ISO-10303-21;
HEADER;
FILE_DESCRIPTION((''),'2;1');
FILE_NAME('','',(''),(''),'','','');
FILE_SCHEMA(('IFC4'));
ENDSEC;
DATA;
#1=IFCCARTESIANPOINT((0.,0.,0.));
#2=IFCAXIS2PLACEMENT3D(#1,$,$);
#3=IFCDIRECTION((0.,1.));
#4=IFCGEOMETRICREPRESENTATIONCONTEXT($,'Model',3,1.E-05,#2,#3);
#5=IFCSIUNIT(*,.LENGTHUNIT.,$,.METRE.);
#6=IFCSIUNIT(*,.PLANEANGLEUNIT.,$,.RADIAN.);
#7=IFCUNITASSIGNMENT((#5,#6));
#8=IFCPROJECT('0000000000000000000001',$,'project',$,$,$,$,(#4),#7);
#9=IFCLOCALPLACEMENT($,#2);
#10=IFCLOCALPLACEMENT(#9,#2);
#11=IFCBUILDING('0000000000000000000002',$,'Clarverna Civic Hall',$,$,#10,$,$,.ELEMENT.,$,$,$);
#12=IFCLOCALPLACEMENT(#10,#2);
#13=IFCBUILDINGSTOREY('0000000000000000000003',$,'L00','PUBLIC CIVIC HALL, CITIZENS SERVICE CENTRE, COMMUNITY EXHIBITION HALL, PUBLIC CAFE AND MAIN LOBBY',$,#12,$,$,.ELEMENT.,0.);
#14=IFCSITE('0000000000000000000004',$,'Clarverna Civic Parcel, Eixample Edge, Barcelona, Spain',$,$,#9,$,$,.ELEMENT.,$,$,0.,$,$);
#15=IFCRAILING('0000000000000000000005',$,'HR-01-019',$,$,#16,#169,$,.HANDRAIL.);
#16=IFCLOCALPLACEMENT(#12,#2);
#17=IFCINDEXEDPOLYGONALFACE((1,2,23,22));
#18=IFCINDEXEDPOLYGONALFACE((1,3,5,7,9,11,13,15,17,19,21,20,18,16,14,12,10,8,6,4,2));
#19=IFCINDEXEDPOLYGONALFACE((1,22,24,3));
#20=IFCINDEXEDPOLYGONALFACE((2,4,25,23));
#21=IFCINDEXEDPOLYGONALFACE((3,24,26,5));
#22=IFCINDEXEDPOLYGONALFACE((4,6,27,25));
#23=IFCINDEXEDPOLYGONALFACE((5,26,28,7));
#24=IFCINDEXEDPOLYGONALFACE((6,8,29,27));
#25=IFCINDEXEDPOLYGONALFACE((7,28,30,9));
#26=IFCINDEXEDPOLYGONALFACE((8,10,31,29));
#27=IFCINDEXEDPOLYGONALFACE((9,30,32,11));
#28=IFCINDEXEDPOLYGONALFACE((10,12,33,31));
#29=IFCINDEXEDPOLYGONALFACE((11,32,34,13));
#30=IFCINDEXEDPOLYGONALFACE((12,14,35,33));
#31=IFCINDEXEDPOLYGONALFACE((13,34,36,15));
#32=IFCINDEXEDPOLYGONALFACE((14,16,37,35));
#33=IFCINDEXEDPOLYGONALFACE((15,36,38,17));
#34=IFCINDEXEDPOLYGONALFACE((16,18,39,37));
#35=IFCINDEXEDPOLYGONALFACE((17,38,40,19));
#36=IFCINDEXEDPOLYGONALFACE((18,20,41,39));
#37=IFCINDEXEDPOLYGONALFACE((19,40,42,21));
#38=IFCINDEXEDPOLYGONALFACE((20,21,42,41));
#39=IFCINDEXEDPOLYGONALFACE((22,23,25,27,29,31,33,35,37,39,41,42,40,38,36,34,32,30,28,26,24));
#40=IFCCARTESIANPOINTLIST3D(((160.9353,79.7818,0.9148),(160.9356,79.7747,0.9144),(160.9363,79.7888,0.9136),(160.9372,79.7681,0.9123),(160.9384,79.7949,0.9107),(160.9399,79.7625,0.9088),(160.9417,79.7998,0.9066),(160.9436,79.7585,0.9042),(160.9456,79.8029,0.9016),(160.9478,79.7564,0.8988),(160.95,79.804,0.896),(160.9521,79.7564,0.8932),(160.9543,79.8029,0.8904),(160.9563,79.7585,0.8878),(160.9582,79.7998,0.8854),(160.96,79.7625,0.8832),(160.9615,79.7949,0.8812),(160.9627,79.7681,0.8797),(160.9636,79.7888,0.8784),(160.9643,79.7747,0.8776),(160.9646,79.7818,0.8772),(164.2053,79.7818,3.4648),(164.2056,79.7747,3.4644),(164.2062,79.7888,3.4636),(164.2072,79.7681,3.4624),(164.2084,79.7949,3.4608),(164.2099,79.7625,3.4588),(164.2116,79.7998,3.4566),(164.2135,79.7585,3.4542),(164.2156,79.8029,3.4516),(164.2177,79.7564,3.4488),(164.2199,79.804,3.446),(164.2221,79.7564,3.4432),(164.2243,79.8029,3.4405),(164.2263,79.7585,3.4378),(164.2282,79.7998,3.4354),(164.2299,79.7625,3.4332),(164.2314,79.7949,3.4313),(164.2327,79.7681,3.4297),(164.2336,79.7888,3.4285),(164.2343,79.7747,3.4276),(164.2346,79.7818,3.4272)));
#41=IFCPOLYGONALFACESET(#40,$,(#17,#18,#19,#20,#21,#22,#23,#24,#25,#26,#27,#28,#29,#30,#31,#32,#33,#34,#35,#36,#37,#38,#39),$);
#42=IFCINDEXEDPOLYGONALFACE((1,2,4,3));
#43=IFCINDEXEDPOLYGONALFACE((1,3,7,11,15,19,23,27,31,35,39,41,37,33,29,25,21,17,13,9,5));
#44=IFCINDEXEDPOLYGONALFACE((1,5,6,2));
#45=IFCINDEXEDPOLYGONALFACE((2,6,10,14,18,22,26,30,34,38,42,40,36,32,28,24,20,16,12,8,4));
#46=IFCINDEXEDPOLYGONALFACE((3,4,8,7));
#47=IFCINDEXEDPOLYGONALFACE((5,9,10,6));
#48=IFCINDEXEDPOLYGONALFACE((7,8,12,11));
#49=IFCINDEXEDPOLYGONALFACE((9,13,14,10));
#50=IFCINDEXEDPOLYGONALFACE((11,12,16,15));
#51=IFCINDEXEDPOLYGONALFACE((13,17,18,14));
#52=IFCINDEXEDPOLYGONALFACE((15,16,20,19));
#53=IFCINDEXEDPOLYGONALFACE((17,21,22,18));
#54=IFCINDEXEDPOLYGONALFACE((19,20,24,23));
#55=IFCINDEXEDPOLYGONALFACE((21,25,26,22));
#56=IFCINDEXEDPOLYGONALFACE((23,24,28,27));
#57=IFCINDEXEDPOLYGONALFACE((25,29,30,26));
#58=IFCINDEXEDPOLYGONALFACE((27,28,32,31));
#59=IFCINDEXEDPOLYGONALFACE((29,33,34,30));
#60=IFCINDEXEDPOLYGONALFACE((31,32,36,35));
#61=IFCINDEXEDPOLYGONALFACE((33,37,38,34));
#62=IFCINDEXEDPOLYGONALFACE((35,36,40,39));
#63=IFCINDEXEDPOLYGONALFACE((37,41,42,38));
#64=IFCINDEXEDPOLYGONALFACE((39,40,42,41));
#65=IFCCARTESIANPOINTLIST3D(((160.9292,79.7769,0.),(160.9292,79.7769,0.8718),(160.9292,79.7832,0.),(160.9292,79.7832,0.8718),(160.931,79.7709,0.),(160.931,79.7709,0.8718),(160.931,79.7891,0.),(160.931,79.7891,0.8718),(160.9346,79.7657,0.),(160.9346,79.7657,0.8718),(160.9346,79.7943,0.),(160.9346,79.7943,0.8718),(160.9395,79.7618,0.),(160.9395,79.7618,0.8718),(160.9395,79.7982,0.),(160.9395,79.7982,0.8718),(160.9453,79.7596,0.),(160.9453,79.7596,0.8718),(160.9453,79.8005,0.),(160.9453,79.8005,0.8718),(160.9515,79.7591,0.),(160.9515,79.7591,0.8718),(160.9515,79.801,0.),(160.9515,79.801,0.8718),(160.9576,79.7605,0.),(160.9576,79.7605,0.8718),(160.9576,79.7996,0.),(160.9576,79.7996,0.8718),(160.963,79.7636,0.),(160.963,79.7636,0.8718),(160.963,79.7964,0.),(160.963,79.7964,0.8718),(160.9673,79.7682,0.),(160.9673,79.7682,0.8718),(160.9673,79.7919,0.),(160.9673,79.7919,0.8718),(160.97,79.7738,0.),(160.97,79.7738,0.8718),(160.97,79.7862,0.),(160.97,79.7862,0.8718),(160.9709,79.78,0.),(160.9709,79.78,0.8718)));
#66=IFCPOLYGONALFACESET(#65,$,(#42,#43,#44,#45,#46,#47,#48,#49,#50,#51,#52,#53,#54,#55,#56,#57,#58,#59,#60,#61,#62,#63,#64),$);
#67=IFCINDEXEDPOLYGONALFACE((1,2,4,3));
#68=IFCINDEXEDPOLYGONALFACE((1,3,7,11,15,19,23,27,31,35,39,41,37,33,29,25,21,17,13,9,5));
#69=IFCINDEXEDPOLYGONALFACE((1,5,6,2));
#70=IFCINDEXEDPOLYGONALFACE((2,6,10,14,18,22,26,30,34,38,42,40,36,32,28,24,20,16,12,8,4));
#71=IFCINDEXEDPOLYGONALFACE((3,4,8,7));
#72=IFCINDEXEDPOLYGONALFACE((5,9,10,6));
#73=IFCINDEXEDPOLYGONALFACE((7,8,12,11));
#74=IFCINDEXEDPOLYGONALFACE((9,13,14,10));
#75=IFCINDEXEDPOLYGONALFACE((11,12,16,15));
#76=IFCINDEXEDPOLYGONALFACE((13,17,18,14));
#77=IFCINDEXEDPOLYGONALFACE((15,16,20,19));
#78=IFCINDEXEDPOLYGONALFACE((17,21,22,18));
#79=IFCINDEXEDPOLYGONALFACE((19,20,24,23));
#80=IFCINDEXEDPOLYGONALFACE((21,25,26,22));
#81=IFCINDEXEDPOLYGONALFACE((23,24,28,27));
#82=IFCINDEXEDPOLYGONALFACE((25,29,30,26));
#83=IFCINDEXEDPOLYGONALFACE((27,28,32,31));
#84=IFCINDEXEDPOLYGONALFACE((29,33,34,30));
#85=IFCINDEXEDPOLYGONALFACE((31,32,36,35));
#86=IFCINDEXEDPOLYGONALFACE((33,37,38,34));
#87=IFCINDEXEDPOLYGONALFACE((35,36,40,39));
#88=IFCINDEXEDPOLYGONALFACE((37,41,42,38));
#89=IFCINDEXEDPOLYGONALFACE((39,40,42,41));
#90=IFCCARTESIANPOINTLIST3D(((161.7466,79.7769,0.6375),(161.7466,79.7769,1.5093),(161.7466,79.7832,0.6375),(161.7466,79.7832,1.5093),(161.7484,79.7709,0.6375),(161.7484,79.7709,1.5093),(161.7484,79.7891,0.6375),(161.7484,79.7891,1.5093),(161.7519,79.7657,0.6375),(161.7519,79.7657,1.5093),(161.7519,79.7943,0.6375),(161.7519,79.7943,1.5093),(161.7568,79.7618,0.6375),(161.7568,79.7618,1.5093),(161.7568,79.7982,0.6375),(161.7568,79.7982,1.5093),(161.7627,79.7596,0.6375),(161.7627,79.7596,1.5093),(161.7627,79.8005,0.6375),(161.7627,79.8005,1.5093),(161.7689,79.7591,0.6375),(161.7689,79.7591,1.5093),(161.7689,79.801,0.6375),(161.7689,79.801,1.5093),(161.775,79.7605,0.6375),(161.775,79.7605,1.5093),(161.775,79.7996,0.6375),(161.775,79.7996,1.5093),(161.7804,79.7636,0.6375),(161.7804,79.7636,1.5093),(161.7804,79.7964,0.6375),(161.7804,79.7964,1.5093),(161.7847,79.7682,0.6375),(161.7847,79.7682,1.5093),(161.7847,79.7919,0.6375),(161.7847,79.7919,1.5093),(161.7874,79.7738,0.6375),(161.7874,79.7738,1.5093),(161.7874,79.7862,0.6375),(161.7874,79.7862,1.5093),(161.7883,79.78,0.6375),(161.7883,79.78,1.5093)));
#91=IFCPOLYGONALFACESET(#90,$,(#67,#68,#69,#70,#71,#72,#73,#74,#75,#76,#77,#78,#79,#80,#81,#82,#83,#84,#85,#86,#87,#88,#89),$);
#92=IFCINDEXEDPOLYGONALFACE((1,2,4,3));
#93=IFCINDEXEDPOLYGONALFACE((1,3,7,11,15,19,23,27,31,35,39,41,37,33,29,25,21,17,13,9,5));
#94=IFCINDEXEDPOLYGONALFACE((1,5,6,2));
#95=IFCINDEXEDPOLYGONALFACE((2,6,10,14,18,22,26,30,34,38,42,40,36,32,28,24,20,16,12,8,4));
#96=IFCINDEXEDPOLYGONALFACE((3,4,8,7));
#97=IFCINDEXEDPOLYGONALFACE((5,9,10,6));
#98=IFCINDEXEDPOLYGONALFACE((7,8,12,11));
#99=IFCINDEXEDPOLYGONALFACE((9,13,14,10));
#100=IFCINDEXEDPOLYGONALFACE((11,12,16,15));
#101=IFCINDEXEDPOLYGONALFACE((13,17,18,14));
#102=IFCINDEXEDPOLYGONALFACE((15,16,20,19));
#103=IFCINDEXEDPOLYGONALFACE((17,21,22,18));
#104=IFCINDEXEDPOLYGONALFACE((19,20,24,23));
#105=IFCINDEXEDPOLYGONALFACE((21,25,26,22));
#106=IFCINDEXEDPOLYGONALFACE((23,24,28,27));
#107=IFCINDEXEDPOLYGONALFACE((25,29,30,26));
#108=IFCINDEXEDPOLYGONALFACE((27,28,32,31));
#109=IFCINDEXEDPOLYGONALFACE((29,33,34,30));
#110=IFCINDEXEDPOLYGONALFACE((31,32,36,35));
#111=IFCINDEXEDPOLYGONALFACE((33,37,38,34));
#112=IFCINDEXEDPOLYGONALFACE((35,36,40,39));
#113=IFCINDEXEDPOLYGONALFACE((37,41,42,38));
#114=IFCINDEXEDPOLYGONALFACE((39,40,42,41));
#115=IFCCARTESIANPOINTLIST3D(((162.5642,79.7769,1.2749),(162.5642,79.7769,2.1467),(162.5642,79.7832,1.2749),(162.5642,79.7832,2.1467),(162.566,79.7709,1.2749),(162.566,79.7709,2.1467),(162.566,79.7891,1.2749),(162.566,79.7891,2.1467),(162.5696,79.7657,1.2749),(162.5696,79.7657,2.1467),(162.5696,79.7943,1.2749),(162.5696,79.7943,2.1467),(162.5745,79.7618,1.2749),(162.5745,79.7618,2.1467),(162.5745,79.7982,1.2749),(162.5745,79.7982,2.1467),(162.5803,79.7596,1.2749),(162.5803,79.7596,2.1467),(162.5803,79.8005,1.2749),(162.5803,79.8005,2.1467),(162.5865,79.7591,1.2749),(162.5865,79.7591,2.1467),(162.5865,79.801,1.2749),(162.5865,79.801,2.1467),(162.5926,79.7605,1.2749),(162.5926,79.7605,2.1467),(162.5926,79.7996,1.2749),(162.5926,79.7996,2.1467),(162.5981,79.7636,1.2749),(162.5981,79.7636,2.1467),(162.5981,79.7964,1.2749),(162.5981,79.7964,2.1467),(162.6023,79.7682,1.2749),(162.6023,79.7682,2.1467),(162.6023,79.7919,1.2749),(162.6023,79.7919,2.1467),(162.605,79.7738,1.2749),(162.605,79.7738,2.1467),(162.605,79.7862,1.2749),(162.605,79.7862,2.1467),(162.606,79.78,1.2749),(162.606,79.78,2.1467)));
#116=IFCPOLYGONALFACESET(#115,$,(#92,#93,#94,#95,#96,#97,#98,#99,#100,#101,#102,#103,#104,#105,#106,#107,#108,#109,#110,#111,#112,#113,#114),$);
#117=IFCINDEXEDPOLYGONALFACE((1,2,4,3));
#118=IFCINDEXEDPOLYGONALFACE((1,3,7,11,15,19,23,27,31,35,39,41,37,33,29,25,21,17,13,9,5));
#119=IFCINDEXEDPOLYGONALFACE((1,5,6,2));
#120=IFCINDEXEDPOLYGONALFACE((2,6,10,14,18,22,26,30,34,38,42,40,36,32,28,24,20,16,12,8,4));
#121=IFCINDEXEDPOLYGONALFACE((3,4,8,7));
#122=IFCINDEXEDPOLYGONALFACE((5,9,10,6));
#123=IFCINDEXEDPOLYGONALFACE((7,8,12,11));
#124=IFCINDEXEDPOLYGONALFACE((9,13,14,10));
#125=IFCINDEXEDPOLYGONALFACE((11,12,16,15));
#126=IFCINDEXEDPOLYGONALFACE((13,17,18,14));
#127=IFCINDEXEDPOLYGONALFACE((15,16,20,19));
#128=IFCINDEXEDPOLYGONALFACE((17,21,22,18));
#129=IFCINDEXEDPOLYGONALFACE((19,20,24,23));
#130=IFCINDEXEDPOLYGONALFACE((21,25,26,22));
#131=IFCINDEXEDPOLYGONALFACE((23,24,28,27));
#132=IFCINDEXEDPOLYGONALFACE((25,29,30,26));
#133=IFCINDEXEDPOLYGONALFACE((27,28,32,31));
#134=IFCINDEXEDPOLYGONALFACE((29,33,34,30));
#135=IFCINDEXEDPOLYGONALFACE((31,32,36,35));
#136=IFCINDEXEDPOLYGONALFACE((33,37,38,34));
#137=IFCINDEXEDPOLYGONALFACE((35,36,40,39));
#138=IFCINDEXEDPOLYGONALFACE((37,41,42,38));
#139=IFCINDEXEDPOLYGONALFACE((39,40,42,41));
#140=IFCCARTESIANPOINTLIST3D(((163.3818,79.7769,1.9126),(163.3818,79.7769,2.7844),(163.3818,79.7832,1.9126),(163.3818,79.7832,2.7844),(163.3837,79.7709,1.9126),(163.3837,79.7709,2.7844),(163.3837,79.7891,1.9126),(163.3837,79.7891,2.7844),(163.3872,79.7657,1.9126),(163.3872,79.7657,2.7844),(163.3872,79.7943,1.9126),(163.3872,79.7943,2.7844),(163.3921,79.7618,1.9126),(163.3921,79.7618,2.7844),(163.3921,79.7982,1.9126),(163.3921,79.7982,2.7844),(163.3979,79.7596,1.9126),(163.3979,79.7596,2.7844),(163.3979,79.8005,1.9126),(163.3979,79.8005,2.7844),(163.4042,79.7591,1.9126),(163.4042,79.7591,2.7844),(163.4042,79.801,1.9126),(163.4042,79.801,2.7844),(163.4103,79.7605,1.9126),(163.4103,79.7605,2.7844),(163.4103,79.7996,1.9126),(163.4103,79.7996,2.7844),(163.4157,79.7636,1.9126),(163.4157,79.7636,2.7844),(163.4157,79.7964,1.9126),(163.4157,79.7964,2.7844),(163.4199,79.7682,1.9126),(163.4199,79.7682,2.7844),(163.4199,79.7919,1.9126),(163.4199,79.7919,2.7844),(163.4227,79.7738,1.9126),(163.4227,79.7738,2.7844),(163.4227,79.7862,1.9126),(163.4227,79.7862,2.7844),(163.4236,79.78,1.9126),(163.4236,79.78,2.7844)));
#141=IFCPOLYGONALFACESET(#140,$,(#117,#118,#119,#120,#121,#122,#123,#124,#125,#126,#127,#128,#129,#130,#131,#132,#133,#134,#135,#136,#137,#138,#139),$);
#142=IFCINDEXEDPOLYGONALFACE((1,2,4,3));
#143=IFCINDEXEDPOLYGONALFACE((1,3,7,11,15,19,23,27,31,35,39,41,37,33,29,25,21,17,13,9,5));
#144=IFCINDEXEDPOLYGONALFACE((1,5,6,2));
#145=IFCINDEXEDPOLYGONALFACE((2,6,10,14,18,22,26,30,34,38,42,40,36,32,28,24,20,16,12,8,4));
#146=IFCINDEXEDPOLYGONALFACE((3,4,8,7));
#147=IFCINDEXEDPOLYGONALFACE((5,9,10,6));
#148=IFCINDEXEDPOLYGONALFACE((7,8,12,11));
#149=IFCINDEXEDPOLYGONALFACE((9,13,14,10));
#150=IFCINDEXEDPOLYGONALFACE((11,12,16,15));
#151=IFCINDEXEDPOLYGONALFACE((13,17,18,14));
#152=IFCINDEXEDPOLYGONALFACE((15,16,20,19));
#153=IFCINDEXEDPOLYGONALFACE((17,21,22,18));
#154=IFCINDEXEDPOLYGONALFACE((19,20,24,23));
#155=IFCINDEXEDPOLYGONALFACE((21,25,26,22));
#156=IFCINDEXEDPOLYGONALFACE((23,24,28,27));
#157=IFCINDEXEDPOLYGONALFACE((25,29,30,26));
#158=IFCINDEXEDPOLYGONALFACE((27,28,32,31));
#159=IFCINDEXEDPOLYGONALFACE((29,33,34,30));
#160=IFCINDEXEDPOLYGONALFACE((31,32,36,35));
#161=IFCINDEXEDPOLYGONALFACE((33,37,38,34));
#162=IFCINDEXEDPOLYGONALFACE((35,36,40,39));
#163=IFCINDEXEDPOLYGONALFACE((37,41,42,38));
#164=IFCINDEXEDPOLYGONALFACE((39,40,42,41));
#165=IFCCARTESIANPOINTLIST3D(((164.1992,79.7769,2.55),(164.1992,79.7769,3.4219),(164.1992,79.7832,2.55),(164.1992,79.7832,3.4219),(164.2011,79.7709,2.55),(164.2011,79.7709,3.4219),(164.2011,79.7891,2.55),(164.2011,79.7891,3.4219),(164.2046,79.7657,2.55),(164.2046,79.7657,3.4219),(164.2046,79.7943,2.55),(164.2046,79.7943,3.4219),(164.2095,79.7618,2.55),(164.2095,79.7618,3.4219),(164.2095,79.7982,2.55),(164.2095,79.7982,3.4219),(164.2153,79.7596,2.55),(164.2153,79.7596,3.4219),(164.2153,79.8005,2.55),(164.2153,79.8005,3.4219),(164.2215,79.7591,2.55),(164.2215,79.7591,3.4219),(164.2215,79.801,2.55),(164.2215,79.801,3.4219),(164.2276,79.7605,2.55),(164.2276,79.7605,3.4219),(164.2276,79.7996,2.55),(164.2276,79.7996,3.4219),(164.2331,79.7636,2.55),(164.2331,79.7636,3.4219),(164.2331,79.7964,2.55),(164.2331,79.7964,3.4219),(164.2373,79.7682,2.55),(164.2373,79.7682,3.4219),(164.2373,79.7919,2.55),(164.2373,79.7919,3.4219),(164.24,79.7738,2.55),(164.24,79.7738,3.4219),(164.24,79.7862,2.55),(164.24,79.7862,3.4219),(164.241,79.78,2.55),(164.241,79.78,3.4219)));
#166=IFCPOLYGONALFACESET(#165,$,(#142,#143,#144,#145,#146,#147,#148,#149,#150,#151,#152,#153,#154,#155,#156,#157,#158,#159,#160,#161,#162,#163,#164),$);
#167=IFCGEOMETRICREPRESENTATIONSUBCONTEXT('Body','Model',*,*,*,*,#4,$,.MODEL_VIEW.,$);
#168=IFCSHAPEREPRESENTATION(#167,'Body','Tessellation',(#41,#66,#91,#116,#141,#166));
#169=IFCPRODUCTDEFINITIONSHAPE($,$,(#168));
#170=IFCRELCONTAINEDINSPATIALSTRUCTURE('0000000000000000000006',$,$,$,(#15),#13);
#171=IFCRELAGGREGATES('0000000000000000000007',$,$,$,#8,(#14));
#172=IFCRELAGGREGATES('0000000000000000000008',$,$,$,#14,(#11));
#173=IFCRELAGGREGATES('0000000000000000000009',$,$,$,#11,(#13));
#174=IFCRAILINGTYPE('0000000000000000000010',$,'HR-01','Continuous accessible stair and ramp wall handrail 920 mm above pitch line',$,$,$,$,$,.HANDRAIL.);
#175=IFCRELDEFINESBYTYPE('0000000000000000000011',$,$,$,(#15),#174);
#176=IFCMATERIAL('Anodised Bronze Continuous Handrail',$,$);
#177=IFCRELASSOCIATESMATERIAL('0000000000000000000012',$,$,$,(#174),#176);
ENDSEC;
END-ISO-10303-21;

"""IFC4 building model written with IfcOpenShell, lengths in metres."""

from ifc_helpers import new_model, si_unit, direction, frame, origin, origin_2d, place, context, subcontext, project, spatial, circle, extrude, material, type_object, element, save


model = new_model("IFC4")

# Units and contexts
model_context = context("Model", 3, precision=1e-05, world=origin(), true_north=direction((0.0, 1.0)))
body_context = subcontext(model_context, "Body", "Model", "MODEL_VIEW")
ifc_project = project(units=[si_unit("LENGTHUNIT", "METRE"), si_unit("PLANEANGLEUNIT", "RADIAN")], contexts=[model_context])

# Site, building, storey
site_placement = place(None, origin())
site = spatial("IfcSite", under=ifc_project, at=site_placement, Name="Clarverna Civic Parcel, Eixample Edge, Barcelona, Spain", CompositionType="ELEMENT", RefElevation=0.0)
building_placement = place(site_placement, origin())
building = spatial("IfcBuilding", under=site, at=building_placement, Name="Clarverna Civic Hall", CompositionType="ELEMENT")
storey_placement = place(building_placement, origin())
storey = spatial("IfcBuildingStorey", under=building, at=storey_placement, Name="L00", Description="PUBLIC CIVIC HALL, CITIZENS SERVICE CENTRE, COMMUNITY EXHIBITION HALL, PUBLIC CAFE AND MAIN LOBBY", CompositionType="ELEMENT", Elevation=0.0)

# Railing
ifc_material_1 = material(Name="Anodised Bronze Continuous Handrail")
railing_type_1 = type_object("IfcRailingType", Name="HR-01", Description="Continuous accessible stair and ramp wall handrail 920 mm above pitch line", PredefinedType="HANDRAIL", material=ifc_material_1)
railing_1_placement = place(storey_placement, frame((160.95, 79.78, 0.0)))
element("IfcRailing", 1, at=railing_1_placement, inside=storey, type_object=railing_type_1, Name="HR-01-019", PredefinedType="HANDRAIL", context=body_context, shape_type="SweptSolid", body=[
    extrude(circle(Radius=0.0239, at=origin_2d()), frame((0.0, 0.0, 0.896), z_axis=(0.788569, 0.0, 0.614947), x_axis=(0.0, 1.0, 0.0)), (0.0, 0.0, 1.0), 4.1467),
    extrude(circle(Radius=0.021, at=origin_2d()), origin(), (0.0, 0.0, 1.0), 0.8718),
    extrude(circle(Radius=0.021, at=origin_2d()), frame((0.8174, 0.0, 0.6375)), (0.0, 0.0, 1.0), 0.8718),
    extrude(circle(Radius=0.021, at=origin_2d()), frame((1.635, 0.0, 1.2749)), (0.0, 0.0, 1.0), 0.8718),
    extrude(circle(Radius=0.021, at=origin_2d()), frame((2.4526, 0.0, 1.9126)), (0.0, 0.0, 1.0), 0.8718),
    extrude(circle(Radius=0.021, at=origin_2d()), frame((3.27, 0.0, 2.55)), (0.0, 0.0, 1.0), 0.8718),
])

save(model, "model.ifc")
